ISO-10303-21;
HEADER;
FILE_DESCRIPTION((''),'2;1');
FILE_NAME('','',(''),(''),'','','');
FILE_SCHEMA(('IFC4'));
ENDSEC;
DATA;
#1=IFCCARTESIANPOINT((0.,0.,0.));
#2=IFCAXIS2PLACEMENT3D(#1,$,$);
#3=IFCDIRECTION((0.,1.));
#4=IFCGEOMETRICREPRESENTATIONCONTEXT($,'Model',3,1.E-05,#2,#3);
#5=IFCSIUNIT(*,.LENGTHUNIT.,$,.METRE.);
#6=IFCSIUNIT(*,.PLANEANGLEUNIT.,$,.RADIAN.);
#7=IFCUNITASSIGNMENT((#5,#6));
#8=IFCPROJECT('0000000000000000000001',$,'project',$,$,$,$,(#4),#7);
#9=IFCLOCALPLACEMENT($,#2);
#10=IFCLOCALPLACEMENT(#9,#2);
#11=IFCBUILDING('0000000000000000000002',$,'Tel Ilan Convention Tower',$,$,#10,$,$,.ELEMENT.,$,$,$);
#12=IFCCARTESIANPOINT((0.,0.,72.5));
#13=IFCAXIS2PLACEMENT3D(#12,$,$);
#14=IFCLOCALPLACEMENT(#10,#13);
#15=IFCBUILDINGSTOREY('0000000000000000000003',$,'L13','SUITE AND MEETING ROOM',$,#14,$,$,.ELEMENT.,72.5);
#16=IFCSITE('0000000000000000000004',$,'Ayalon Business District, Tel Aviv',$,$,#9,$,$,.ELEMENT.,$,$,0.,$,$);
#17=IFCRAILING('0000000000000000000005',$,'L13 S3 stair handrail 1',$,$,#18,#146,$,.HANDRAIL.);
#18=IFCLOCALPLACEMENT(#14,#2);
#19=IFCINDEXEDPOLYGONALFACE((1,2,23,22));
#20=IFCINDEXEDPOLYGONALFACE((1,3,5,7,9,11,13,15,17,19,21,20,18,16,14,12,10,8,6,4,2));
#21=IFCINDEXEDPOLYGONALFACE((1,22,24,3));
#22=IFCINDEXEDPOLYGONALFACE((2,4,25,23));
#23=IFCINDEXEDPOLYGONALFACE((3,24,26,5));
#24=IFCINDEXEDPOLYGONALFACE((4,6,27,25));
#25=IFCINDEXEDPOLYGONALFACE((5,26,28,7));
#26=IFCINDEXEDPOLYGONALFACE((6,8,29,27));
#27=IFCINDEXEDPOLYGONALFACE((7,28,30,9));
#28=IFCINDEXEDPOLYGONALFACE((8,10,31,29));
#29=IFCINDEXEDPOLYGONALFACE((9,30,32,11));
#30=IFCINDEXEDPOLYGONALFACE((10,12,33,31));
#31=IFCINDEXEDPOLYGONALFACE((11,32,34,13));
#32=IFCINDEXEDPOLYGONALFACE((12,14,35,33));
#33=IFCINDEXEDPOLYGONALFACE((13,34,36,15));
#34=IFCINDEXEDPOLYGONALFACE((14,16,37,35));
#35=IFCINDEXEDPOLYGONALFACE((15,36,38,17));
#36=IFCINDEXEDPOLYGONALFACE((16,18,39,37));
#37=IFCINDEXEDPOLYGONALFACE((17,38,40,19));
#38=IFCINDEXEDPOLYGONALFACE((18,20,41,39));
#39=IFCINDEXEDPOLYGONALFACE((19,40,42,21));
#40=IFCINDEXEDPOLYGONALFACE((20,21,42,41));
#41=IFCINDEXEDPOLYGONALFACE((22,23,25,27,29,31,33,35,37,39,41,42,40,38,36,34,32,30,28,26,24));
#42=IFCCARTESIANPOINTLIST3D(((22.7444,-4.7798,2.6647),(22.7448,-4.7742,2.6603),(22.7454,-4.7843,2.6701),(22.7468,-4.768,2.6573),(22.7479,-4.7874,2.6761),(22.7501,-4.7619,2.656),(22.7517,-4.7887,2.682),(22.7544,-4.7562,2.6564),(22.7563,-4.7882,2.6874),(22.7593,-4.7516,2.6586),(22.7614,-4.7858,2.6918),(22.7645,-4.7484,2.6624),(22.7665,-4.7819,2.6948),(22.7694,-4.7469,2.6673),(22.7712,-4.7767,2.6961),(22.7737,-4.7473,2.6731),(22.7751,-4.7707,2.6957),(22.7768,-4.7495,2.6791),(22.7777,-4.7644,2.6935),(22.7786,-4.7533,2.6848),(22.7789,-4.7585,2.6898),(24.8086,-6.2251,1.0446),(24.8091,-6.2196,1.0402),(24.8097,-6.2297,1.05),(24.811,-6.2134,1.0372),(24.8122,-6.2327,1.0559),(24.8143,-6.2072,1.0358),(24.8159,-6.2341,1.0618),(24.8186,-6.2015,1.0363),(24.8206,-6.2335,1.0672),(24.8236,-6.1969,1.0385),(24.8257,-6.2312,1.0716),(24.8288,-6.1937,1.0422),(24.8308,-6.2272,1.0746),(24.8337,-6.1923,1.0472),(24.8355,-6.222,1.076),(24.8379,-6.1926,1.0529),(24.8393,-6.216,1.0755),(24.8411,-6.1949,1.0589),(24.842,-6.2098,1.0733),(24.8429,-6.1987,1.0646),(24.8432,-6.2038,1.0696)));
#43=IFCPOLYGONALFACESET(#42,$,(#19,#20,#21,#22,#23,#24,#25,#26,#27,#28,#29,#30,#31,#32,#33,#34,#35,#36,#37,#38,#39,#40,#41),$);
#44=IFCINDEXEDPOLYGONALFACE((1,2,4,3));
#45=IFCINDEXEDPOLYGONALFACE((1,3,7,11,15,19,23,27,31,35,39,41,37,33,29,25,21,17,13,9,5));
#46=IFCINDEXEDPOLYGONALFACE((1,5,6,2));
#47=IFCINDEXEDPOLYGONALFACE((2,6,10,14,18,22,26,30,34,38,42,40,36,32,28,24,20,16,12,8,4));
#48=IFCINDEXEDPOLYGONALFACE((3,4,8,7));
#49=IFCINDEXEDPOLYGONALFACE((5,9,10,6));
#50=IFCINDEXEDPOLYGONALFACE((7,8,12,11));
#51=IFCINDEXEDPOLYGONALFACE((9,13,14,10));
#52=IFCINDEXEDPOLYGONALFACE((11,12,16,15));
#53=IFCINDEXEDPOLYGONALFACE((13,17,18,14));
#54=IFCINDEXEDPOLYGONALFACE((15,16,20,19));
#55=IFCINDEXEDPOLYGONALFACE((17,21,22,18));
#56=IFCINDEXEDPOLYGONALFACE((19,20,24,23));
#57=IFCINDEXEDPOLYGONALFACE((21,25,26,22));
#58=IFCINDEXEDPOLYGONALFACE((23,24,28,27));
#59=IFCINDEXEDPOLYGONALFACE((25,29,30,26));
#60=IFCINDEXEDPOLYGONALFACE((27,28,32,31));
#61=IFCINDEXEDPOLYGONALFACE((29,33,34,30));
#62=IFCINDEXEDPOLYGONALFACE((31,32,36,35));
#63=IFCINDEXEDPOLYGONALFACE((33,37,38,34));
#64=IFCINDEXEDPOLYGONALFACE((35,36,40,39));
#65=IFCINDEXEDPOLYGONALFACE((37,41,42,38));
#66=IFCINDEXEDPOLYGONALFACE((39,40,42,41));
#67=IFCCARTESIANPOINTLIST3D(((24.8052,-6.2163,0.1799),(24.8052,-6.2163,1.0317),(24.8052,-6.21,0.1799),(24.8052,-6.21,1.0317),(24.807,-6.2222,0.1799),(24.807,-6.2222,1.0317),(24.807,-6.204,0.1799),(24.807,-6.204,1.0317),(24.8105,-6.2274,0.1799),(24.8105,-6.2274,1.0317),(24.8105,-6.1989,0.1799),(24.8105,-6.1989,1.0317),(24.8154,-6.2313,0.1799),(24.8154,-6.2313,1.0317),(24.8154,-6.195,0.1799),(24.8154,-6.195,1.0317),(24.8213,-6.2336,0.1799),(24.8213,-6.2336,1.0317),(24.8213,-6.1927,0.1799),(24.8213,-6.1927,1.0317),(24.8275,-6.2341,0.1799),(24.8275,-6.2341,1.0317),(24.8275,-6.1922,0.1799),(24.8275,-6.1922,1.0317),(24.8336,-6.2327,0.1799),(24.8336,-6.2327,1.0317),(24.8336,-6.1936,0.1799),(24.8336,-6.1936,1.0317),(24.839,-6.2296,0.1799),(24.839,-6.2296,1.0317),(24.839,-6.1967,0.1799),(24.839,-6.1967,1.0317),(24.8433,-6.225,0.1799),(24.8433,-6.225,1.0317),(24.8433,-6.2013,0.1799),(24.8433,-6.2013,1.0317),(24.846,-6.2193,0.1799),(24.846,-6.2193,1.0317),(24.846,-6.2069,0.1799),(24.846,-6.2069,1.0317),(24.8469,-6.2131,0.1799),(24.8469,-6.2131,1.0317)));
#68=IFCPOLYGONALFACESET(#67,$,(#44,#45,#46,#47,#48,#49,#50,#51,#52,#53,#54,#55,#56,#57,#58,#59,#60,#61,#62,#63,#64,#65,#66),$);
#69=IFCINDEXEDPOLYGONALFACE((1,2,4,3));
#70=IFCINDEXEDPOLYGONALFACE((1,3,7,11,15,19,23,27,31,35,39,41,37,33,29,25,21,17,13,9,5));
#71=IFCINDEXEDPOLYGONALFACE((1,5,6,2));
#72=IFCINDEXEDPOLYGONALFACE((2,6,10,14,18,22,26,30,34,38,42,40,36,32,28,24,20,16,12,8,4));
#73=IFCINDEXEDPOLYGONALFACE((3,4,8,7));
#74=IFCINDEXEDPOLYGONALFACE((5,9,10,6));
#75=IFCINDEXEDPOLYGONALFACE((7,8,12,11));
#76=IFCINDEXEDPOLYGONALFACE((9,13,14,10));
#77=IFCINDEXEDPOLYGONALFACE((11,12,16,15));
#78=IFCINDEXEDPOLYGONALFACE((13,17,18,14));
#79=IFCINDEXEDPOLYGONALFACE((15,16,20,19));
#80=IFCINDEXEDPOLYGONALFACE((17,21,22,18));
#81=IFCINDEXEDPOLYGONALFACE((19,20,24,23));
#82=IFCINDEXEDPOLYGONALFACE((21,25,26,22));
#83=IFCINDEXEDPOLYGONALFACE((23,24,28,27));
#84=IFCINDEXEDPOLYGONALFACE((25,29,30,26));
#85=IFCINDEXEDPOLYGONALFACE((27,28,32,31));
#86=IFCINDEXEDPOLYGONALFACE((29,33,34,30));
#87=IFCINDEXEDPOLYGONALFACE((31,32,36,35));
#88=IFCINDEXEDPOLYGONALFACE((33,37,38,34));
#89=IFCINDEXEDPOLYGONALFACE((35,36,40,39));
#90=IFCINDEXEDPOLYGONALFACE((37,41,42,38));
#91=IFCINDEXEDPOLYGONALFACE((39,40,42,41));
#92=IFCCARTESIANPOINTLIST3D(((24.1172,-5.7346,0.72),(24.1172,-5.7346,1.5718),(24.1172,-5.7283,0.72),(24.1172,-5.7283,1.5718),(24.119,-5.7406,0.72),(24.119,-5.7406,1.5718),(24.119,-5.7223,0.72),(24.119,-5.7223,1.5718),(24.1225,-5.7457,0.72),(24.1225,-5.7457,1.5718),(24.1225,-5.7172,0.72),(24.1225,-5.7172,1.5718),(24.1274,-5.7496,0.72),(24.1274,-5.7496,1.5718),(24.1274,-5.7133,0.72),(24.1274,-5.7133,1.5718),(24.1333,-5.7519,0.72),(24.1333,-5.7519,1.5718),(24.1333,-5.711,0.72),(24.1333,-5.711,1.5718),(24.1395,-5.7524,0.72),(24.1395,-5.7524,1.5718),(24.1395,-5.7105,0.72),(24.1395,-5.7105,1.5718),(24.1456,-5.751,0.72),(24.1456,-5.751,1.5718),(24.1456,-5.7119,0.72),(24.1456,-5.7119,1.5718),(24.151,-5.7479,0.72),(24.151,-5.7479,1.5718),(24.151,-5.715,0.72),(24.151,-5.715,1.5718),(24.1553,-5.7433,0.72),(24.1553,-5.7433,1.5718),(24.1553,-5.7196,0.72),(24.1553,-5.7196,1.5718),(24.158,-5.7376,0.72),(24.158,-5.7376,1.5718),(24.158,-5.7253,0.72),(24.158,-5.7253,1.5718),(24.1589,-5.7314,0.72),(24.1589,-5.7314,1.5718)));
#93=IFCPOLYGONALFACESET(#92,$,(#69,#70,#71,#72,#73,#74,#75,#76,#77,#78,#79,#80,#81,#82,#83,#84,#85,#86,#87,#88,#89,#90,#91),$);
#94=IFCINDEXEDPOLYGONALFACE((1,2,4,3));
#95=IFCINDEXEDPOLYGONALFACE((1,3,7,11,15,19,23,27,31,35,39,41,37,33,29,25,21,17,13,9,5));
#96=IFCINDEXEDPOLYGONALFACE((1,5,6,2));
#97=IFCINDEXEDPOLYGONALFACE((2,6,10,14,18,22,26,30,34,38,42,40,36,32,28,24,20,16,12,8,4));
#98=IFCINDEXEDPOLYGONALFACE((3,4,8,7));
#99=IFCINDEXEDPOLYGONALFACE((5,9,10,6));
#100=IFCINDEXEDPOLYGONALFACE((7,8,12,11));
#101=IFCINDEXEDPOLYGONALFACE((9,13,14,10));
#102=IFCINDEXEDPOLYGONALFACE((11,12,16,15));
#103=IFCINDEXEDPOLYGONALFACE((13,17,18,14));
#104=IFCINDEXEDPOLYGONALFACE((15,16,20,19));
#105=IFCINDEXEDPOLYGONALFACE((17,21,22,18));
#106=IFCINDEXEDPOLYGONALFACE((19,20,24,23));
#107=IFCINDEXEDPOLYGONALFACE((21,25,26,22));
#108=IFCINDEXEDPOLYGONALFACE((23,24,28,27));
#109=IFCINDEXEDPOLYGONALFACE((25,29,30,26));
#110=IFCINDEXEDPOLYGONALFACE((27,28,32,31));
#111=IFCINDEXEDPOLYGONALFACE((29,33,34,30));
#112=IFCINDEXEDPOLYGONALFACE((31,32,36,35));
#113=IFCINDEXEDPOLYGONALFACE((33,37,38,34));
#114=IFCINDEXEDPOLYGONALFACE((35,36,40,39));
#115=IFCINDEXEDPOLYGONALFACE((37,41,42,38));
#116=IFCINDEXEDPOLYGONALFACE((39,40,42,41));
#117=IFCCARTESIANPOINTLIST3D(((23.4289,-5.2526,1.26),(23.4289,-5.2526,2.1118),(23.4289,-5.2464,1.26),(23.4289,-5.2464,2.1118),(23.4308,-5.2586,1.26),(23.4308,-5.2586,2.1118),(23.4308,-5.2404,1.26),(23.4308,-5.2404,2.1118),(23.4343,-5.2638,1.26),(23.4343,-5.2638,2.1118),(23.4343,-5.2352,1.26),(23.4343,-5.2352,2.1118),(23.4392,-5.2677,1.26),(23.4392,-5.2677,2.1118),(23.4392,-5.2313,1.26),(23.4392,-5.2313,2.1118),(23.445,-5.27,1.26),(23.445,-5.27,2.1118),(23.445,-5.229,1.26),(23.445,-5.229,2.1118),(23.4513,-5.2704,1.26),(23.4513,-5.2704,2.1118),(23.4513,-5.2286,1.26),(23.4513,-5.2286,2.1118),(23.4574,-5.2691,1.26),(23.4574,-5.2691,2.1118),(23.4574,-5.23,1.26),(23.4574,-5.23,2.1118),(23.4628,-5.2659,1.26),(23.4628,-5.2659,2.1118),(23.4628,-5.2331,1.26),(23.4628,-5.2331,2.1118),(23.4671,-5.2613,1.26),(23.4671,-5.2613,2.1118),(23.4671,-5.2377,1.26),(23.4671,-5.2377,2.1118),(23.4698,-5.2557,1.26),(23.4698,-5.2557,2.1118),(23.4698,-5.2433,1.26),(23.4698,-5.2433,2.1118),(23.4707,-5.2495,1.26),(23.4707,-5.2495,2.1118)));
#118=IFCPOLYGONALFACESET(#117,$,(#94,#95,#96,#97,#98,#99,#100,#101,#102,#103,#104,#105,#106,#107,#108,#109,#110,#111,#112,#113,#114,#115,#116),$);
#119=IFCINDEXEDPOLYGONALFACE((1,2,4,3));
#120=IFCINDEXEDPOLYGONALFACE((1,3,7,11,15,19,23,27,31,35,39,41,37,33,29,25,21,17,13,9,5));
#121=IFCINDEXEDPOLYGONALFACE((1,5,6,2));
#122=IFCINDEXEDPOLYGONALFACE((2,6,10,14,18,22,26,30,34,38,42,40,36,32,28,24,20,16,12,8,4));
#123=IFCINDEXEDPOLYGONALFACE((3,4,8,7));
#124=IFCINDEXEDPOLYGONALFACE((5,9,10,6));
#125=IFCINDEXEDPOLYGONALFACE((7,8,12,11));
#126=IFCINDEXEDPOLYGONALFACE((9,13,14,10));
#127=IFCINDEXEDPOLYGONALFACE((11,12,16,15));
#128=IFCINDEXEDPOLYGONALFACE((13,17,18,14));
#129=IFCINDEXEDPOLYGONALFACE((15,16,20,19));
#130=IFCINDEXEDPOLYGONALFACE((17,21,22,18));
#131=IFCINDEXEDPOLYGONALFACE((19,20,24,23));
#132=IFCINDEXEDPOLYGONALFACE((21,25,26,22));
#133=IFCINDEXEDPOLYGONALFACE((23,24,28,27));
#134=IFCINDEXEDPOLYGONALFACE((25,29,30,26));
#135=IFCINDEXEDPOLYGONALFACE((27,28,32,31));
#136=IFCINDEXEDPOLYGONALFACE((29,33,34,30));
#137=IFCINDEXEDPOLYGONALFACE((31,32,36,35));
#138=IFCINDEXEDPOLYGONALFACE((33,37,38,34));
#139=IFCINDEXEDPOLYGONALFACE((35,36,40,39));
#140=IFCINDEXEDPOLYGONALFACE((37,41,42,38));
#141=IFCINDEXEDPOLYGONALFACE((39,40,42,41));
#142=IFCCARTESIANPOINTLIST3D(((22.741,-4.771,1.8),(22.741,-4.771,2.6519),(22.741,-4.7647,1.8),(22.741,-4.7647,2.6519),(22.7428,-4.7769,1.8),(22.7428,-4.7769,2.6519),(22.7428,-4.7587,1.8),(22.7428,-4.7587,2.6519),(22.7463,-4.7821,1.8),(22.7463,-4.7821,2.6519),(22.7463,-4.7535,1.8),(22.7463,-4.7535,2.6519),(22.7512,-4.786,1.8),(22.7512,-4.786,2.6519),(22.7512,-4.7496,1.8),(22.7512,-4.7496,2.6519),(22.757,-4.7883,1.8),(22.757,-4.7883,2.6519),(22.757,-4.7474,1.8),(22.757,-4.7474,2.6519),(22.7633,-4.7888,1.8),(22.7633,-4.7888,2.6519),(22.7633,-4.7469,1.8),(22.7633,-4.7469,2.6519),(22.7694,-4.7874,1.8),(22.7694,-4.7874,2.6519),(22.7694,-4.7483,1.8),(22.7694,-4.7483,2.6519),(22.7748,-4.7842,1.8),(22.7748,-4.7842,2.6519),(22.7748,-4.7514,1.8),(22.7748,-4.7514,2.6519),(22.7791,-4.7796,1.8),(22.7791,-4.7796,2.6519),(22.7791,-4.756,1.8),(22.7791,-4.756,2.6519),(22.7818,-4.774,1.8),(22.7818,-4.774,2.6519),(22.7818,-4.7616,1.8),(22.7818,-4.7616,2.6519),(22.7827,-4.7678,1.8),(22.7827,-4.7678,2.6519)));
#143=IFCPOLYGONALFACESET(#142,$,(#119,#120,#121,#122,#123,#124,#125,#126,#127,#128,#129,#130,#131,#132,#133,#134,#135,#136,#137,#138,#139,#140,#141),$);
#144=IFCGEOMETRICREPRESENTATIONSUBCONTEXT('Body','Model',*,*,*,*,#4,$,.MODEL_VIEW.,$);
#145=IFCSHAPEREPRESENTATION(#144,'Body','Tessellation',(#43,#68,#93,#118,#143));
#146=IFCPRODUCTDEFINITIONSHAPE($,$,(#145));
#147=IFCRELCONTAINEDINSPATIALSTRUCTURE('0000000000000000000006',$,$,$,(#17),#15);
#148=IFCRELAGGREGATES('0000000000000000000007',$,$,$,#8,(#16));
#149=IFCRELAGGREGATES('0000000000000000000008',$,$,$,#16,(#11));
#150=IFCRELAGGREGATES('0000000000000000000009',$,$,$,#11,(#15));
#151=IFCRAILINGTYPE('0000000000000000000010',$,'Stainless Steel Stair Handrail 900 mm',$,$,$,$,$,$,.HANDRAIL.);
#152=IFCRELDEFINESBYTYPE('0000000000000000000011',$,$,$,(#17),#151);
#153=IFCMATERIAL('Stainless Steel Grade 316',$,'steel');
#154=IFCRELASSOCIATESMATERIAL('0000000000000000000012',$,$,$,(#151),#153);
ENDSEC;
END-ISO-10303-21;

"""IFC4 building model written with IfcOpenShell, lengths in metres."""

from ifc_helpers import new_model, si_unit, direction, frame, origin, origin_2d, place, context, subcontext, project, spatial, circle, extrude, material, type_object, element, save


model = new_model("IFC4")

# Units and contexts
model_context = context("Model", 3, precision=1e-05, world=origin(), true_north=direction((0.0, 1.0)))
body_context = subcontext(model_context, "Body", "Model", "MODEL_VIEW")
ifc_project = project(units=[si_unit("LENGTHUNIT", "METRE"), si_unit("PLANEANGLEUNIT", "RADIAN")], contexts=[model_context])

# Site, building, storey
site_placement = place(None, origin())
site = spatial("IfcSite", under=ifc_project, at=site_placement, Name="Ayalon Business District, Tel Aviv", CompositionType="ELEMENT", RefElevation=0.0)
building_placement = place(site_placement, origin())
building = spatial("IfcBuilding", under=site, at=building_placement, Name="Tel Ilan Convention Tower", CompositionType="ELEMENT")
storey_placement = place(building_placement, frame((0.0, 0.0, 72.5)))
storey = spatial("IfcBuildingStorey", under=building, at=storey_placement, Name="L13", Description="SUITE AND MEETING ROOM", CompositionType="ELEMENT", Elevation=72.5)

# Railing
ifc_material_1 = material(Name="Stainless Steel Grade 316", Category="steel")
railing_type_1 = type_object("IfcRailingType", Name="Stainless Steel Stair Handrail 900 mm", PredefinedType="HANDRAIL", material=ifc_material_1)
railing_1_placement = place(storey_placement, frame((24.8259, -6.2131, 0.1799)))
element("IfcRailing", 1, at=railing_1_placement, inside=storey, type_object=railing_type_1, Name="L13 S3 stair handrail 1", PredefinedType="HANDRAIL", context=body_context, shape_type="SweptSolid", body=[
    extrude(circle(Radius=0.0239, at=origin_2d()), frame((0.0, 0.0, 0.876), z_axis=(-0.68904, 0.48245, 0.540801), x_axis=(-0.57356, -0.819164, 0.0)), (0.0, 0.0, 1.0), 2.9958),
    extrude(circle(Radius=0.021, at=origin_2d()), origin(), (0.0, 0.0, 1.0), 0.8518),
    extrude(circle(Radius=0.021, at=origin_2d()), frame((-0.688, 0.4817, 0.54)), (0.0, 0.0, 1.0), 0.8518),
    extrude(circle(Radius=0.021, at=origin_2d()), frame((-1.3762, 0.9636, 1.0801)), (0.0, 0.0, 1.0), 0.8518),
    extrude(circle(Radius=0.021, at=origin_2d()), frame((-2.0642, 1.4453, 1.6201)), (0.0, 0.0, 1.0), 0.8518),
])

save(model, "model.ifc")
